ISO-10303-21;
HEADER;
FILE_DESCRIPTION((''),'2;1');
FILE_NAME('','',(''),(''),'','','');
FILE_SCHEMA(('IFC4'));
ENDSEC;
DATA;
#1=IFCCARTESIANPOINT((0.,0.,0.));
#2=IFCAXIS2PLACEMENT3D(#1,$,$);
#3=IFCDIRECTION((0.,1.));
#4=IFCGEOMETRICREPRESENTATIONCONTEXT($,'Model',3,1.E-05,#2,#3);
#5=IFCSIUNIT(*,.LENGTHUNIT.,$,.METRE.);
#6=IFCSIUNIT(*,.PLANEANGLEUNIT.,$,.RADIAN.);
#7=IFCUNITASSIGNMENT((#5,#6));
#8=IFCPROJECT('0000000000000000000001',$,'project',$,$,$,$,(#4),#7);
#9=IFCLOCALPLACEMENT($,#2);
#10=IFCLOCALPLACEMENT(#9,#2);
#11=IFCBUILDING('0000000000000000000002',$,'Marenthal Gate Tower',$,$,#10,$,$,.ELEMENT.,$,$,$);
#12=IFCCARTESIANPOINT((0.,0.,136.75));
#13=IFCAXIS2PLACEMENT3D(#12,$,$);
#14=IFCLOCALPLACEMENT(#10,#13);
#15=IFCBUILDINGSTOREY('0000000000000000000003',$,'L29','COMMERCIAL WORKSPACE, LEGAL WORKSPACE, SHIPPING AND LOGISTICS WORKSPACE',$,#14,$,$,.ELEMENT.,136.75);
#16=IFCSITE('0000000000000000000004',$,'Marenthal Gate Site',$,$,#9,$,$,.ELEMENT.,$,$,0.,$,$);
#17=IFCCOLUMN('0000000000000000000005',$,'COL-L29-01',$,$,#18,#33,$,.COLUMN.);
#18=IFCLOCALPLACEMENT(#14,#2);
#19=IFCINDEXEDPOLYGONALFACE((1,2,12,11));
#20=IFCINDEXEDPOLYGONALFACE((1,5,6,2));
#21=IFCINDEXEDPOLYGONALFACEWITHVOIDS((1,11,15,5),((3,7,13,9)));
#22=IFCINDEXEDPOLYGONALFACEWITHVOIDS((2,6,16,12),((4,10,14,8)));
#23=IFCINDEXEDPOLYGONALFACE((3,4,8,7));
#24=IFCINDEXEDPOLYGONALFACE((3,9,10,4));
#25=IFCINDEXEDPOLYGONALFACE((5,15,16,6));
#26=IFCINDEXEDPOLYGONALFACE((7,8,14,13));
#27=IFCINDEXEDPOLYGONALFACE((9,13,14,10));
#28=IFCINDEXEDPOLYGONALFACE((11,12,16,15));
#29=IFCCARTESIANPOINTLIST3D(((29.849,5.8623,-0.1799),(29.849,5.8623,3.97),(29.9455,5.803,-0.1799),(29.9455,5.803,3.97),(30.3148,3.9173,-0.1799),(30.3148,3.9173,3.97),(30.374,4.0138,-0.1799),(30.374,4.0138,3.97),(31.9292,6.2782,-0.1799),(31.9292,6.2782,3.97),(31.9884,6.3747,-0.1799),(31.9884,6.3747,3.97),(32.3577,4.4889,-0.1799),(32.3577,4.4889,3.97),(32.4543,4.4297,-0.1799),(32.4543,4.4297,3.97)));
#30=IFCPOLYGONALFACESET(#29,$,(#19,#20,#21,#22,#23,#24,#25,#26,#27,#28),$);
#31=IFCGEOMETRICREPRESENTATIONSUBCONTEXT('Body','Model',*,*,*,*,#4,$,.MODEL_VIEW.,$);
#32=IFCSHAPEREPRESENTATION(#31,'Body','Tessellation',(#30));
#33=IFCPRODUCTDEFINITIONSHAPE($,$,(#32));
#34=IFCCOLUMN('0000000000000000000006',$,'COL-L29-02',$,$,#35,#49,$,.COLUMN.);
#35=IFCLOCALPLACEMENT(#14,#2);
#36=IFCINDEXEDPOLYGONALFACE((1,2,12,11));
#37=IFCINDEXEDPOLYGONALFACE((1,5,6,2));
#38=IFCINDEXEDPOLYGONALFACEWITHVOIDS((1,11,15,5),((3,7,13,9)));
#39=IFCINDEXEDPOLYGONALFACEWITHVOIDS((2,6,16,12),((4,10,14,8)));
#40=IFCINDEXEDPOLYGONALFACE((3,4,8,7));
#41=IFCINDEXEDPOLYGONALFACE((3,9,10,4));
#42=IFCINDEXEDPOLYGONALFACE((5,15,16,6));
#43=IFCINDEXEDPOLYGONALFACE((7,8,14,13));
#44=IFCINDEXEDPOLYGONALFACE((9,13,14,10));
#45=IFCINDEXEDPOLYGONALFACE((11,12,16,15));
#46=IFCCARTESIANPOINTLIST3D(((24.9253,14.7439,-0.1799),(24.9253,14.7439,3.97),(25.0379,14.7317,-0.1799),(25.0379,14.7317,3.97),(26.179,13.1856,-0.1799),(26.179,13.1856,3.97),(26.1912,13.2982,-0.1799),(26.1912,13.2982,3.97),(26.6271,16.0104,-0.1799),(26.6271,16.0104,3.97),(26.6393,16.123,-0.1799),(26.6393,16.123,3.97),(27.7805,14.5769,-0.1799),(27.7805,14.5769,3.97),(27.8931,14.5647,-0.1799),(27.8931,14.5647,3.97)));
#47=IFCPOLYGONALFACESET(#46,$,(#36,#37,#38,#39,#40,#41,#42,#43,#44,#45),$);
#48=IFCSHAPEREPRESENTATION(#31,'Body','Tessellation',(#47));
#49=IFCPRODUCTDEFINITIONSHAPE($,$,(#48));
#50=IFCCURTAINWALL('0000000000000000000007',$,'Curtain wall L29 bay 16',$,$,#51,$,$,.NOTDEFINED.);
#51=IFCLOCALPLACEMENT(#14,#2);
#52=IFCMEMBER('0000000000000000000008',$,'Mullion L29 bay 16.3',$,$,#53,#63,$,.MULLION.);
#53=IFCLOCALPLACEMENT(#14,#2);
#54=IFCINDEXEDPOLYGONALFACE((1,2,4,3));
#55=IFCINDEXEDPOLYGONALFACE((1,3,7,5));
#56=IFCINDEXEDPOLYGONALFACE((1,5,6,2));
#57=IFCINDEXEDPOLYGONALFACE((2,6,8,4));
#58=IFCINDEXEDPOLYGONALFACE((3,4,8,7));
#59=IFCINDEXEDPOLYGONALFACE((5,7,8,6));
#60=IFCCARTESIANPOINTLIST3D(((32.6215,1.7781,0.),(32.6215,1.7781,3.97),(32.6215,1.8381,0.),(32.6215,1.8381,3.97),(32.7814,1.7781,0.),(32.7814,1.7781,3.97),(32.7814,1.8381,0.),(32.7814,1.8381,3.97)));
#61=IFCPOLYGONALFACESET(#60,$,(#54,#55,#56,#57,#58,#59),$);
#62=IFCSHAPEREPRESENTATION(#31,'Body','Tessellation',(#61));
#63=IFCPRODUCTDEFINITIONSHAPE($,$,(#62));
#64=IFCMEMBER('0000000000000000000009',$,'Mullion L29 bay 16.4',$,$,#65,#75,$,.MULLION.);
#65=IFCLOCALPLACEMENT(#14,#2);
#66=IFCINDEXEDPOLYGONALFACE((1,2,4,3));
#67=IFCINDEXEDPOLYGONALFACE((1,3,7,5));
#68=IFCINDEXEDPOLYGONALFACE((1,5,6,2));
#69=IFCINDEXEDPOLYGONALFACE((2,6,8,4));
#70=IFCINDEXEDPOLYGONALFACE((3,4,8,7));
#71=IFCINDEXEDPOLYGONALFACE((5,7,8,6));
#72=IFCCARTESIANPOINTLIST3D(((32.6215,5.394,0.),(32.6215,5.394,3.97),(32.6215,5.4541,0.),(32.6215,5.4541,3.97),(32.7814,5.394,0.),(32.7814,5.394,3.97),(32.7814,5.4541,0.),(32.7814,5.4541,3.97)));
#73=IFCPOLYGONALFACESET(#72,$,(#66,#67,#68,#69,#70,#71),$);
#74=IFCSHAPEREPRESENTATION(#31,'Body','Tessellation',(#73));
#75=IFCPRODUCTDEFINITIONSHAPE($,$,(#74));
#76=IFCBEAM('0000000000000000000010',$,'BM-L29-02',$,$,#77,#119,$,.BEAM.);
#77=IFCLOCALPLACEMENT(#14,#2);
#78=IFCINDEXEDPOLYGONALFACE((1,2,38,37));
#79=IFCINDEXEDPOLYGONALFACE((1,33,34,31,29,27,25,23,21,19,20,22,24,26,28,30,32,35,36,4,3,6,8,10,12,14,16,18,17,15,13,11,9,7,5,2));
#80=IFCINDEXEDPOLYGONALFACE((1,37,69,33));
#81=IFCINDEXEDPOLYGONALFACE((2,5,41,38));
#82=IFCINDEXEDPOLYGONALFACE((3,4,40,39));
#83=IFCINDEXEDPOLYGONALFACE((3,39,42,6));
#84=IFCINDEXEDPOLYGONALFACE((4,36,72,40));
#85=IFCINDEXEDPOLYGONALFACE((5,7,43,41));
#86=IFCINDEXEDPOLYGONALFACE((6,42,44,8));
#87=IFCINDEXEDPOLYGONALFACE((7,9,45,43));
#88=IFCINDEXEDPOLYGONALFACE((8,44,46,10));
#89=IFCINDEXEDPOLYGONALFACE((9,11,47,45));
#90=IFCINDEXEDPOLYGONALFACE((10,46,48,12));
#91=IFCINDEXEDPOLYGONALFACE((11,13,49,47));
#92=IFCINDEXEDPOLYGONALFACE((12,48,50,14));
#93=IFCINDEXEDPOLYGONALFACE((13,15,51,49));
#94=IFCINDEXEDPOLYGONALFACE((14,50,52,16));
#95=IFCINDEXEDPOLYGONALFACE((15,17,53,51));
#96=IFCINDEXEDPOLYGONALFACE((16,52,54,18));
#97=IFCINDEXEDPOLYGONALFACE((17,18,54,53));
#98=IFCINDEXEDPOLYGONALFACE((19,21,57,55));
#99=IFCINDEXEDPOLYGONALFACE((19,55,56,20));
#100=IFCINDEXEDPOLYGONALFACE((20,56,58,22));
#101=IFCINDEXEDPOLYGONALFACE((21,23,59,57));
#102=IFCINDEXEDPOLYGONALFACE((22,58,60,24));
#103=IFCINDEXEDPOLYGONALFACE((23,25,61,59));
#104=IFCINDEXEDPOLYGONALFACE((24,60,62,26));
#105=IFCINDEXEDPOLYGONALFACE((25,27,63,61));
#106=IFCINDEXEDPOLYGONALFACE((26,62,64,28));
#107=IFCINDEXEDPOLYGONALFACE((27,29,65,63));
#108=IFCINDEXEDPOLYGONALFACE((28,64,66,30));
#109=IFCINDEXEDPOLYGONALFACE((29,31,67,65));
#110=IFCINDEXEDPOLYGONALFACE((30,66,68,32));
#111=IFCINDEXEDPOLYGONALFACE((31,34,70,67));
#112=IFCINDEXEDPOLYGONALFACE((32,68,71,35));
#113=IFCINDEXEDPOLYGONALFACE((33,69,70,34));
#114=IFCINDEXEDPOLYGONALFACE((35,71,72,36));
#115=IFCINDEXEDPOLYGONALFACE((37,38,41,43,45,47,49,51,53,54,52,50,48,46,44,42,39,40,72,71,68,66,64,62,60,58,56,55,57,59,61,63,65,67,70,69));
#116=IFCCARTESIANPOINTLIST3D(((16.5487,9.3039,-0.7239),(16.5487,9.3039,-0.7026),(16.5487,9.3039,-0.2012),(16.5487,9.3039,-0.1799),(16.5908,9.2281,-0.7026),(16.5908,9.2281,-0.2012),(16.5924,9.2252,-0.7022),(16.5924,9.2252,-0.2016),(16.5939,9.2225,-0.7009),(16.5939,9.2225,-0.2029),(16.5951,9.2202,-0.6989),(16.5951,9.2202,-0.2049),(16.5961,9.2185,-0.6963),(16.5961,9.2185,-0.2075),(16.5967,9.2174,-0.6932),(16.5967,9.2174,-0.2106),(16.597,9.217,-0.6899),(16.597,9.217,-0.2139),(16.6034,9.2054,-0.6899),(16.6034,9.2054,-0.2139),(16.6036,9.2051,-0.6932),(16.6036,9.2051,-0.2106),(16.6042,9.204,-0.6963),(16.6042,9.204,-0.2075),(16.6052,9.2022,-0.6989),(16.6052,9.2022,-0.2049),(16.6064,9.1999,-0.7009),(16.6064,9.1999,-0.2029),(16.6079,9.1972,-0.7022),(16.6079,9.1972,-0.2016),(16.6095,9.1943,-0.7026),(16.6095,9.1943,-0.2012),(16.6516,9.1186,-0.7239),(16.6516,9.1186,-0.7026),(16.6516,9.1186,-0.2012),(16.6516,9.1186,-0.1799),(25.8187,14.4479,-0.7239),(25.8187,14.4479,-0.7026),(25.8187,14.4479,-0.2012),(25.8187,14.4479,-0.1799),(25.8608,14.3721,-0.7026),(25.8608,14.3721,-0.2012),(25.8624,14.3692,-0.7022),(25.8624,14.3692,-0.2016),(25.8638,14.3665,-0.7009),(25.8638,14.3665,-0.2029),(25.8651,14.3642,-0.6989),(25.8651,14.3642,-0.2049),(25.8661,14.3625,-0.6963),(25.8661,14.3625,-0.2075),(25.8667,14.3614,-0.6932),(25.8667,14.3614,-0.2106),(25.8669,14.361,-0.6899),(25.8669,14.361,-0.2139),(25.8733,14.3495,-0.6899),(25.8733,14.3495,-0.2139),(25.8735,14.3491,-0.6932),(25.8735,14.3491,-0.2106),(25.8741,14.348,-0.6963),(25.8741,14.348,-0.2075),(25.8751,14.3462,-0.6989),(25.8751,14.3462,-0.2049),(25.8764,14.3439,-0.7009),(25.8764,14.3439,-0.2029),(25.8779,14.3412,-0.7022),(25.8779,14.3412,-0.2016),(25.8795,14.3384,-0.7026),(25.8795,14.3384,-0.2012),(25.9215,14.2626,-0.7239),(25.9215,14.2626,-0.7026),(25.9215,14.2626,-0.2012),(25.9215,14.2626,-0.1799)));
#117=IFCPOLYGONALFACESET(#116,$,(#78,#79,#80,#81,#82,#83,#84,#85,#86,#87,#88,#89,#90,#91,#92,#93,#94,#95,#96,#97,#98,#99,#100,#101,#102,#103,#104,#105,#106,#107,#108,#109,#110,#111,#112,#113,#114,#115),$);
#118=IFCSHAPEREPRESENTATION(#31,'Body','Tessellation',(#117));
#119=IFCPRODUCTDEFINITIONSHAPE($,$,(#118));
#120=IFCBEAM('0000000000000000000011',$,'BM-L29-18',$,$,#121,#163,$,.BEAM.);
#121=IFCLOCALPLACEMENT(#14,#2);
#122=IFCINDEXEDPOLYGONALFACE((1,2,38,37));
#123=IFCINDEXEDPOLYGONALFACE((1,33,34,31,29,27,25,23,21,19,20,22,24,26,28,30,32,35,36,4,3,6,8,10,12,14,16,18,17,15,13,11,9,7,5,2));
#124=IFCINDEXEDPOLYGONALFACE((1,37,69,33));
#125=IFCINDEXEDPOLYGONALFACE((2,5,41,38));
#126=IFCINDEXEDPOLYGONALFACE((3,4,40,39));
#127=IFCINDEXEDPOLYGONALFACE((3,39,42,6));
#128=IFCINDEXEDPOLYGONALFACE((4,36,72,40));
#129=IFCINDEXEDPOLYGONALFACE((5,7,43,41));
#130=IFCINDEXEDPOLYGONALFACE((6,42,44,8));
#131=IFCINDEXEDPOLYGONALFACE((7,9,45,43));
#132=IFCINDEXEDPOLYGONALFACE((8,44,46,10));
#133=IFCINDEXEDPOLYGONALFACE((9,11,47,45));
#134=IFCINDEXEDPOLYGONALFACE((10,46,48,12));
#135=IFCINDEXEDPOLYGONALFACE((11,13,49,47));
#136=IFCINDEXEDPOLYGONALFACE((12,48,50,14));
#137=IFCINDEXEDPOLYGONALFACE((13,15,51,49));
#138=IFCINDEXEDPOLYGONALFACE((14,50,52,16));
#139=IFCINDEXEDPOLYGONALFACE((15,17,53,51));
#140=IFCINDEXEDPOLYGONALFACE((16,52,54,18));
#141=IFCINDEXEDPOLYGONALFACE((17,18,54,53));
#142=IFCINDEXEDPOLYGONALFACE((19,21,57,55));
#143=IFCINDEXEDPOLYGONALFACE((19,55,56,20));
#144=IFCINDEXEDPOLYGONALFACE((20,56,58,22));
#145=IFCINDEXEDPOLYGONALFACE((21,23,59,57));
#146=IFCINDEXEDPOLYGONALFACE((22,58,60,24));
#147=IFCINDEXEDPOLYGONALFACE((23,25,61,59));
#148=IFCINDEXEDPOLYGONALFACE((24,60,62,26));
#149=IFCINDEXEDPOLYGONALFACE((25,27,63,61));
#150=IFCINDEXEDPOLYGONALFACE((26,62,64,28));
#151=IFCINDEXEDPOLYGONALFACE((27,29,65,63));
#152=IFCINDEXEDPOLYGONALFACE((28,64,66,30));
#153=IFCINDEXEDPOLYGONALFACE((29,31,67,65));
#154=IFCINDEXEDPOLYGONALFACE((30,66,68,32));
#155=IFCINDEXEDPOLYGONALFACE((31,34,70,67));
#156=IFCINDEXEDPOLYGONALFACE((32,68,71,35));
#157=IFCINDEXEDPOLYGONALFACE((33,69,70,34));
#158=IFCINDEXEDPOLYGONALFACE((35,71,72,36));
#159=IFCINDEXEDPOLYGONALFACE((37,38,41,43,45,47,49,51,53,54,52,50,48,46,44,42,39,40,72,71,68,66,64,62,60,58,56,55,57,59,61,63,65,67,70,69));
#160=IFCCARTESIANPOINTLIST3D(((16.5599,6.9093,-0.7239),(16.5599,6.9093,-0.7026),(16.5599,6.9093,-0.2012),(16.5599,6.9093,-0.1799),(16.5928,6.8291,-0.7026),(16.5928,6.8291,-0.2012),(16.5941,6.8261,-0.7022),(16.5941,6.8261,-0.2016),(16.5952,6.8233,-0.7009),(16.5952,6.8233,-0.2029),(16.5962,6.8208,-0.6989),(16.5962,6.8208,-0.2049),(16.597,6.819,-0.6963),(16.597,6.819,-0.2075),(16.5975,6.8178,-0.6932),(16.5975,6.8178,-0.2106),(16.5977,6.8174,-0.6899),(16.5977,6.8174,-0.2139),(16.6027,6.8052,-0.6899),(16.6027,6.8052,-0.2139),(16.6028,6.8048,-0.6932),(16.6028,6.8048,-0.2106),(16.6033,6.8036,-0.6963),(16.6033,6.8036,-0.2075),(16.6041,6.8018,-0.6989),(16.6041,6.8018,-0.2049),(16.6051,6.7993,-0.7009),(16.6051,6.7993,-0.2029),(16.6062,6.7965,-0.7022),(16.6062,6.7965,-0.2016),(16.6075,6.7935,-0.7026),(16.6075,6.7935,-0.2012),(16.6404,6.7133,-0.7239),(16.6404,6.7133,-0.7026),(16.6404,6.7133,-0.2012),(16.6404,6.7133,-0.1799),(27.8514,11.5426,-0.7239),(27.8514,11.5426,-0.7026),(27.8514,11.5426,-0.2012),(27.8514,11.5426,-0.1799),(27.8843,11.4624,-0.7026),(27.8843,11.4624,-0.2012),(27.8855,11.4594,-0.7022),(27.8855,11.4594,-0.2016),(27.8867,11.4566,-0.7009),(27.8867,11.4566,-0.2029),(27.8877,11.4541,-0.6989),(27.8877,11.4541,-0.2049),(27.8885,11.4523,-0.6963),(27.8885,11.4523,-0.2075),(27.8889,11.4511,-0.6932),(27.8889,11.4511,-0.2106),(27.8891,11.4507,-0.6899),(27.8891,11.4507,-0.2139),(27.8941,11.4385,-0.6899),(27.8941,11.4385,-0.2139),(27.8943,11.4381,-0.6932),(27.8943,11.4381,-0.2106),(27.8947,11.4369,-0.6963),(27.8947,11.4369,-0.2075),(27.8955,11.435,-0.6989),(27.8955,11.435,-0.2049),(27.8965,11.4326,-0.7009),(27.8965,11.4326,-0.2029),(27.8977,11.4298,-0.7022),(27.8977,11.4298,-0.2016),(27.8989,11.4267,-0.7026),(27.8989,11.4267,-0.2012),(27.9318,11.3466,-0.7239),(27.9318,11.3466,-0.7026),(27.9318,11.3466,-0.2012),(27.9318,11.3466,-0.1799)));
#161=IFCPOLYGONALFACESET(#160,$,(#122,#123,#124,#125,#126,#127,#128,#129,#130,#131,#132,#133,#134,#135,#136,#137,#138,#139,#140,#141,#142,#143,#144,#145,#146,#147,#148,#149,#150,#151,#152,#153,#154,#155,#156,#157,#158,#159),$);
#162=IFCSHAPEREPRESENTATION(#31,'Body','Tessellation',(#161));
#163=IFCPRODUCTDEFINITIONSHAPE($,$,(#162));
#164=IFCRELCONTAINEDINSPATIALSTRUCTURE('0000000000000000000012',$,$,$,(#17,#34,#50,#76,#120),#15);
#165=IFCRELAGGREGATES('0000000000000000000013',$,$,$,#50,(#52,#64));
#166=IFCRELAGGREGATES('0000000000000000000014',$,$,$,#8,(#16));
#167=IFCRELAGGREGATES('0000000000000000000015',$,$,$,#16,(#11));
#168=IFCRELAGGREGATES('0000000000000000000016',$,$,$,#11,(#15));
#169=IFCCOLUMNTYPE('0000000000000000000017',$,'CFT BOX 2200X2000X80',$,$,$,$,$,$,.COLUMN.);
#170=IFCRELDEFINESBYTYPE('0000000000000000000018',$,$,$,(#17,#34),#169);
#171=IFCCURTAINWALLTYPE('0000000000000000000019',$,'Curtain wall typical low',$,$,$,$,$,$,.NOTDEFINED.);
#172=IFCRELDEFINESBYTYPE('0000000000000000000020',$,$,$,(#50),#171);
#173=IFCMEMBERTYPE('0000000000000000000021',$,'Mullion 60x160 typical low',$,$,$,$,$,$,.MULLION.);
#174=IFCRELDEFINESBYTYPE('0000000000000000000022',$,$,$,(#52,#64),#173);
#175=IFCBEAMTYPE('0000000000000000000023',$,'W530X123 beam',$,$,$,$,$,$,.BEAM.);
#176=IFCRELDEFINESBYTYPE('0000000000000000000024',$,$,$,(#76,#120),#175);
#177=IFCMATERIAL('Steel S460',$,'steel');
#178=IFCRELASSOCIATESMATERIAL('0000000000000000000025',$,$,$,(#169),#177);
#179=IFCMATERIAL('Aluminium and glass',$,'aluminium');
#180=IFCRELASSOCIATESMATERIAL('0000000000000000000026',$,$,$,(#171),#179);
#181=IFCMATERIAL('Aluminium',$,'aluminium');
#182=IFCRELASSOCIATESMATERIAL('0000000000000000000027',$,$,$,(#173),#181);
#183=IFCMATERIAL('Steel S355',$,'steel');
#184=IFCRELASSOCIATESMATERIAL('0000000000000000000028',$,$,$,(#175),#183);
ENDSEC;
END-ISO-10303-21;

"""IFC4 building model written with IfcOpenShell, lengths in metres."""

from ifc_helpers import new_model, si_unit, direction, frame, origin, origin_2d, place, context, subcontext, project, spatial, rectangle, hollow_rectangle, i_section, extrude, material, material_profile, profile_set, type_object, element, aggregate, save


model = new_model("IFC4")

# Units and contexts
model_context = context("Model", 3, precision=1e-05, world=origin(), true_north=direction((0.0, 1.0)))
body_context = subcontext(model_context, "Body", "Model", "MODEL_VIEW")
ifc_project = project(units=[si_unit("LENGTHUNIT", "METRE"), si_unit("PLANEANGLEUNIT", "RADIAN")], contexts=[model_context])

# Site, building, storey
site_placement = place(None, origin())
site = spatial("IfcSite", under=ifc_project, at=site_placement, Name="Marenthal Gate Site", CompositionType="ELEMENT", RefElevation=0.0)
building_placement = place(site_placement, origin())
building = spatial("IfcBuilding", under=site, at=building_placement, Name="Marenthal Gate Tower", CompositionType="ELEMENT")
storey_placement = place(building_placement, frame((0.0, 0.0, 136.75)))
storey = spatial("IfcBuildingStorey", under=building, at=storey_placement, Name="L29", Description="COMMERCIAL WORKSPACE, LEGAL WORKSPACE, SHIPPING AND LOGISTICS WORKSPACE", CompositionType="ELEMENT", Elevation=136.75)

# Columns
ifc_material_1 = material(Name="Steel S460", Category="steel")
ifc_material_profile_1 = material_profile(ifc_material_1, hollow_rectangle(XDim=2.0, YDim=2.2, WallThickness=0.0801, at=origin_2d()), Name="CFT BOX 2200X2000X80")
ifc_material_2 = material(Name="Concrete 70 MPa", Category="concrete")
ifc_material_profile_2 = material_profile(ifc_material_2, rectangle(XDim=1.8401, YDim=2.04, at=origin_2d()), Name="CFT BOX 2200X2000X80 INFILL")
ifc_profile_set_1 = profile_set([ifc_material_profile_1, ifc_material_profile_2], Name="Steel S460 shell, Concrete 70 MPa infill")
column_type = type_object("IfcColumnType", Name="CFT BOX 2200X2000X80", PredefinedType="COLUMN", material=ifc_profile_set_1)
for number, where, z_axis, x_axis, name in (
    (1, (31.1516, 5.146, -0.1799), (0.0, 0.0, 1.0), (0.232933, -0.972493, 0.0), "COL-L29-01"),
    (2, (26.4092, 14.6543, -0.1799), (0.0, 0.0, 1.0), (0.626873, -0.779121, 0.0), "COL-L29-02"),
):
    element("IfcColumn", number, at=place(storey_placement, frame(where, z_axis=z_axis, x_axis=x_axis)), inside=storey, type_object=column_type, Name=name, PredefinedType="COLUMN", context=body_context, shape_type="SweptSolid", body=[
        extrude(hollow_rectangle(XDim=2.0, YDim=2.2, WallThickness=0.0801, at=origin_2d()), origin(), (0.0, 0.0, 1.0), 4.1499),
    ])

# Curtain wall, members
ifc_material_3 = material(Name="Aluminium and glass", Category="aluminium")
curtain_wall_type = type_object("IfcCurtainWallType", Name="Curtain wall typical low", PredefinedType="NOTDEFINED", material=ifc_material_3)
curtain_wall_placement = place(storey_placement, origin())
curtain_wall = element("IfcCurtainWall", 3, at=curtain_wall_placement, inside=storey, type_object=curtain_wall_type, Name="Curtain wall L29 bay 16", PredefinedType="NOTDEFINED")
ifc_material_4 = material(Name="Aluminium", Category="aluminium")
ifc_material_profile_3 = material_profile(ifc_material_4, rectangle(XDim=0.1599, YDim=0.0601, at=origin_2d()), Name="60x160 aluminium mullion")
ifc_profile_set_2 = profile_set([ifc_material_profile_3], Name="Aluminium")
member_type = type_object("IfcMemberType", Name="Mullion 60x160 typical low", PredefinedType="MULLION", material=ifc_profile_set_2)
member_1_placement = place(storey_placement, frame((32.7014, 1.8081, 0.0), z_axis=(0.0, 0.0, 1.0), x_axis=(-1.0, 0.0, 0.0)))
member_1 = element("IfcMember", 4, at=member_1_placement, type_object=member_type, Name="Mullion L29 bay 16.3", PredefinedType="MULLION", context=body_context, shape_type="SweptSolid", body=[
    extrude(rectangle(XDim=0.1599, YDim=0.0601, at=origin_2d()), origin(), (0.0, 0.0, 1.0), 3.97),
])
member_2_placement = place(storey_placement, frame((32.7014, 5.4241, 0.0), z_axis=(0.0, 0.0, 1.0), x_axis=(-1.0, 0.0, 0.0)))
member_2 = element("IfcMember", 5, at=member_2_placement, type_object=member_type, Name="Mullion L29 bay 16.4", PredefinedType="MULLION", context=body_context, shape_type="SweptSolid", body=[
    extrude(rectangle(XDim=0.1599, YDim=0.0601, at=origin_2d()), origin(), (0.0, 0.0, 1.0), 3.97),
])

# Beams
ifc_material_5 = material(Name="Steel S355", Category="steel")
ifc_material_profile_4 = material_profile(ifc_material_5, i_section(OverallWidth=0.2119, OverallDepth=0.5439, WebThickness=0.0132, FlangeThickness=0.0212, FilletRadius=0.0127, at=origin_2d()), Name="W530X123")
ifc_profile_set_3 = profile_set([ifc_material_profile_4], Name="Steel S355")
beam_type_1 = type_object("IfcBeamType", Name="W530X123 beam", PredefinedType="BEAM", material=ifc_profile_set_3)
beam_1_placement = place(storey_placement, frame((25.8701, 14.3552, -0.4519), z_axis=(-0.874396, -0.485213, 0.0), x_axis=(0.485213, -0.874396, 0.0)))
element("IfcBeam", 6, at=beam_1_placement, inside=storey, type_object=beam_type_1, Name="BM-L29-02", PredefinedType="BEAM", context=body_context, shape_type="SweptSolid", body=[
    extrude(i_section(OverallWidth=0.2119, OverallDepth=0.5439, WebThickness=0.0132, FlangeThickness=0.0212, FilletRadius=0.0127, at=origin_2d()), origin(), (0.0, 0.0, 1.0), 10.6016),
])
beam_2_placement = place(storey_placement, frame((27.8916, 11.4446, -0.4519), z_axis=(-0.925143, -0.379619, 0.0), x_axis=(0.379619, -0.925143, 0.0)))
element("IfcBeam", 7, at=beam_2_placement, inside=storey, type_object=beam_type_1, Name="BM-L29-18", PredefinedType="BEAM", context=body_context, shape_type="SweptSolid", body=[
    extrude(i_section(OverallWidth=0.2119, OverallDepth=0.5439, WebThickness=0.0132, FlangeThickness=0.0212, FilletRadius=0.0127, at=origin_2d()), origin(), (0.0, 0.0, 1.0), 12.2051),
])

aggregate(curtain_wall, [member_1, member_2])

save(model, "model.ifc")
